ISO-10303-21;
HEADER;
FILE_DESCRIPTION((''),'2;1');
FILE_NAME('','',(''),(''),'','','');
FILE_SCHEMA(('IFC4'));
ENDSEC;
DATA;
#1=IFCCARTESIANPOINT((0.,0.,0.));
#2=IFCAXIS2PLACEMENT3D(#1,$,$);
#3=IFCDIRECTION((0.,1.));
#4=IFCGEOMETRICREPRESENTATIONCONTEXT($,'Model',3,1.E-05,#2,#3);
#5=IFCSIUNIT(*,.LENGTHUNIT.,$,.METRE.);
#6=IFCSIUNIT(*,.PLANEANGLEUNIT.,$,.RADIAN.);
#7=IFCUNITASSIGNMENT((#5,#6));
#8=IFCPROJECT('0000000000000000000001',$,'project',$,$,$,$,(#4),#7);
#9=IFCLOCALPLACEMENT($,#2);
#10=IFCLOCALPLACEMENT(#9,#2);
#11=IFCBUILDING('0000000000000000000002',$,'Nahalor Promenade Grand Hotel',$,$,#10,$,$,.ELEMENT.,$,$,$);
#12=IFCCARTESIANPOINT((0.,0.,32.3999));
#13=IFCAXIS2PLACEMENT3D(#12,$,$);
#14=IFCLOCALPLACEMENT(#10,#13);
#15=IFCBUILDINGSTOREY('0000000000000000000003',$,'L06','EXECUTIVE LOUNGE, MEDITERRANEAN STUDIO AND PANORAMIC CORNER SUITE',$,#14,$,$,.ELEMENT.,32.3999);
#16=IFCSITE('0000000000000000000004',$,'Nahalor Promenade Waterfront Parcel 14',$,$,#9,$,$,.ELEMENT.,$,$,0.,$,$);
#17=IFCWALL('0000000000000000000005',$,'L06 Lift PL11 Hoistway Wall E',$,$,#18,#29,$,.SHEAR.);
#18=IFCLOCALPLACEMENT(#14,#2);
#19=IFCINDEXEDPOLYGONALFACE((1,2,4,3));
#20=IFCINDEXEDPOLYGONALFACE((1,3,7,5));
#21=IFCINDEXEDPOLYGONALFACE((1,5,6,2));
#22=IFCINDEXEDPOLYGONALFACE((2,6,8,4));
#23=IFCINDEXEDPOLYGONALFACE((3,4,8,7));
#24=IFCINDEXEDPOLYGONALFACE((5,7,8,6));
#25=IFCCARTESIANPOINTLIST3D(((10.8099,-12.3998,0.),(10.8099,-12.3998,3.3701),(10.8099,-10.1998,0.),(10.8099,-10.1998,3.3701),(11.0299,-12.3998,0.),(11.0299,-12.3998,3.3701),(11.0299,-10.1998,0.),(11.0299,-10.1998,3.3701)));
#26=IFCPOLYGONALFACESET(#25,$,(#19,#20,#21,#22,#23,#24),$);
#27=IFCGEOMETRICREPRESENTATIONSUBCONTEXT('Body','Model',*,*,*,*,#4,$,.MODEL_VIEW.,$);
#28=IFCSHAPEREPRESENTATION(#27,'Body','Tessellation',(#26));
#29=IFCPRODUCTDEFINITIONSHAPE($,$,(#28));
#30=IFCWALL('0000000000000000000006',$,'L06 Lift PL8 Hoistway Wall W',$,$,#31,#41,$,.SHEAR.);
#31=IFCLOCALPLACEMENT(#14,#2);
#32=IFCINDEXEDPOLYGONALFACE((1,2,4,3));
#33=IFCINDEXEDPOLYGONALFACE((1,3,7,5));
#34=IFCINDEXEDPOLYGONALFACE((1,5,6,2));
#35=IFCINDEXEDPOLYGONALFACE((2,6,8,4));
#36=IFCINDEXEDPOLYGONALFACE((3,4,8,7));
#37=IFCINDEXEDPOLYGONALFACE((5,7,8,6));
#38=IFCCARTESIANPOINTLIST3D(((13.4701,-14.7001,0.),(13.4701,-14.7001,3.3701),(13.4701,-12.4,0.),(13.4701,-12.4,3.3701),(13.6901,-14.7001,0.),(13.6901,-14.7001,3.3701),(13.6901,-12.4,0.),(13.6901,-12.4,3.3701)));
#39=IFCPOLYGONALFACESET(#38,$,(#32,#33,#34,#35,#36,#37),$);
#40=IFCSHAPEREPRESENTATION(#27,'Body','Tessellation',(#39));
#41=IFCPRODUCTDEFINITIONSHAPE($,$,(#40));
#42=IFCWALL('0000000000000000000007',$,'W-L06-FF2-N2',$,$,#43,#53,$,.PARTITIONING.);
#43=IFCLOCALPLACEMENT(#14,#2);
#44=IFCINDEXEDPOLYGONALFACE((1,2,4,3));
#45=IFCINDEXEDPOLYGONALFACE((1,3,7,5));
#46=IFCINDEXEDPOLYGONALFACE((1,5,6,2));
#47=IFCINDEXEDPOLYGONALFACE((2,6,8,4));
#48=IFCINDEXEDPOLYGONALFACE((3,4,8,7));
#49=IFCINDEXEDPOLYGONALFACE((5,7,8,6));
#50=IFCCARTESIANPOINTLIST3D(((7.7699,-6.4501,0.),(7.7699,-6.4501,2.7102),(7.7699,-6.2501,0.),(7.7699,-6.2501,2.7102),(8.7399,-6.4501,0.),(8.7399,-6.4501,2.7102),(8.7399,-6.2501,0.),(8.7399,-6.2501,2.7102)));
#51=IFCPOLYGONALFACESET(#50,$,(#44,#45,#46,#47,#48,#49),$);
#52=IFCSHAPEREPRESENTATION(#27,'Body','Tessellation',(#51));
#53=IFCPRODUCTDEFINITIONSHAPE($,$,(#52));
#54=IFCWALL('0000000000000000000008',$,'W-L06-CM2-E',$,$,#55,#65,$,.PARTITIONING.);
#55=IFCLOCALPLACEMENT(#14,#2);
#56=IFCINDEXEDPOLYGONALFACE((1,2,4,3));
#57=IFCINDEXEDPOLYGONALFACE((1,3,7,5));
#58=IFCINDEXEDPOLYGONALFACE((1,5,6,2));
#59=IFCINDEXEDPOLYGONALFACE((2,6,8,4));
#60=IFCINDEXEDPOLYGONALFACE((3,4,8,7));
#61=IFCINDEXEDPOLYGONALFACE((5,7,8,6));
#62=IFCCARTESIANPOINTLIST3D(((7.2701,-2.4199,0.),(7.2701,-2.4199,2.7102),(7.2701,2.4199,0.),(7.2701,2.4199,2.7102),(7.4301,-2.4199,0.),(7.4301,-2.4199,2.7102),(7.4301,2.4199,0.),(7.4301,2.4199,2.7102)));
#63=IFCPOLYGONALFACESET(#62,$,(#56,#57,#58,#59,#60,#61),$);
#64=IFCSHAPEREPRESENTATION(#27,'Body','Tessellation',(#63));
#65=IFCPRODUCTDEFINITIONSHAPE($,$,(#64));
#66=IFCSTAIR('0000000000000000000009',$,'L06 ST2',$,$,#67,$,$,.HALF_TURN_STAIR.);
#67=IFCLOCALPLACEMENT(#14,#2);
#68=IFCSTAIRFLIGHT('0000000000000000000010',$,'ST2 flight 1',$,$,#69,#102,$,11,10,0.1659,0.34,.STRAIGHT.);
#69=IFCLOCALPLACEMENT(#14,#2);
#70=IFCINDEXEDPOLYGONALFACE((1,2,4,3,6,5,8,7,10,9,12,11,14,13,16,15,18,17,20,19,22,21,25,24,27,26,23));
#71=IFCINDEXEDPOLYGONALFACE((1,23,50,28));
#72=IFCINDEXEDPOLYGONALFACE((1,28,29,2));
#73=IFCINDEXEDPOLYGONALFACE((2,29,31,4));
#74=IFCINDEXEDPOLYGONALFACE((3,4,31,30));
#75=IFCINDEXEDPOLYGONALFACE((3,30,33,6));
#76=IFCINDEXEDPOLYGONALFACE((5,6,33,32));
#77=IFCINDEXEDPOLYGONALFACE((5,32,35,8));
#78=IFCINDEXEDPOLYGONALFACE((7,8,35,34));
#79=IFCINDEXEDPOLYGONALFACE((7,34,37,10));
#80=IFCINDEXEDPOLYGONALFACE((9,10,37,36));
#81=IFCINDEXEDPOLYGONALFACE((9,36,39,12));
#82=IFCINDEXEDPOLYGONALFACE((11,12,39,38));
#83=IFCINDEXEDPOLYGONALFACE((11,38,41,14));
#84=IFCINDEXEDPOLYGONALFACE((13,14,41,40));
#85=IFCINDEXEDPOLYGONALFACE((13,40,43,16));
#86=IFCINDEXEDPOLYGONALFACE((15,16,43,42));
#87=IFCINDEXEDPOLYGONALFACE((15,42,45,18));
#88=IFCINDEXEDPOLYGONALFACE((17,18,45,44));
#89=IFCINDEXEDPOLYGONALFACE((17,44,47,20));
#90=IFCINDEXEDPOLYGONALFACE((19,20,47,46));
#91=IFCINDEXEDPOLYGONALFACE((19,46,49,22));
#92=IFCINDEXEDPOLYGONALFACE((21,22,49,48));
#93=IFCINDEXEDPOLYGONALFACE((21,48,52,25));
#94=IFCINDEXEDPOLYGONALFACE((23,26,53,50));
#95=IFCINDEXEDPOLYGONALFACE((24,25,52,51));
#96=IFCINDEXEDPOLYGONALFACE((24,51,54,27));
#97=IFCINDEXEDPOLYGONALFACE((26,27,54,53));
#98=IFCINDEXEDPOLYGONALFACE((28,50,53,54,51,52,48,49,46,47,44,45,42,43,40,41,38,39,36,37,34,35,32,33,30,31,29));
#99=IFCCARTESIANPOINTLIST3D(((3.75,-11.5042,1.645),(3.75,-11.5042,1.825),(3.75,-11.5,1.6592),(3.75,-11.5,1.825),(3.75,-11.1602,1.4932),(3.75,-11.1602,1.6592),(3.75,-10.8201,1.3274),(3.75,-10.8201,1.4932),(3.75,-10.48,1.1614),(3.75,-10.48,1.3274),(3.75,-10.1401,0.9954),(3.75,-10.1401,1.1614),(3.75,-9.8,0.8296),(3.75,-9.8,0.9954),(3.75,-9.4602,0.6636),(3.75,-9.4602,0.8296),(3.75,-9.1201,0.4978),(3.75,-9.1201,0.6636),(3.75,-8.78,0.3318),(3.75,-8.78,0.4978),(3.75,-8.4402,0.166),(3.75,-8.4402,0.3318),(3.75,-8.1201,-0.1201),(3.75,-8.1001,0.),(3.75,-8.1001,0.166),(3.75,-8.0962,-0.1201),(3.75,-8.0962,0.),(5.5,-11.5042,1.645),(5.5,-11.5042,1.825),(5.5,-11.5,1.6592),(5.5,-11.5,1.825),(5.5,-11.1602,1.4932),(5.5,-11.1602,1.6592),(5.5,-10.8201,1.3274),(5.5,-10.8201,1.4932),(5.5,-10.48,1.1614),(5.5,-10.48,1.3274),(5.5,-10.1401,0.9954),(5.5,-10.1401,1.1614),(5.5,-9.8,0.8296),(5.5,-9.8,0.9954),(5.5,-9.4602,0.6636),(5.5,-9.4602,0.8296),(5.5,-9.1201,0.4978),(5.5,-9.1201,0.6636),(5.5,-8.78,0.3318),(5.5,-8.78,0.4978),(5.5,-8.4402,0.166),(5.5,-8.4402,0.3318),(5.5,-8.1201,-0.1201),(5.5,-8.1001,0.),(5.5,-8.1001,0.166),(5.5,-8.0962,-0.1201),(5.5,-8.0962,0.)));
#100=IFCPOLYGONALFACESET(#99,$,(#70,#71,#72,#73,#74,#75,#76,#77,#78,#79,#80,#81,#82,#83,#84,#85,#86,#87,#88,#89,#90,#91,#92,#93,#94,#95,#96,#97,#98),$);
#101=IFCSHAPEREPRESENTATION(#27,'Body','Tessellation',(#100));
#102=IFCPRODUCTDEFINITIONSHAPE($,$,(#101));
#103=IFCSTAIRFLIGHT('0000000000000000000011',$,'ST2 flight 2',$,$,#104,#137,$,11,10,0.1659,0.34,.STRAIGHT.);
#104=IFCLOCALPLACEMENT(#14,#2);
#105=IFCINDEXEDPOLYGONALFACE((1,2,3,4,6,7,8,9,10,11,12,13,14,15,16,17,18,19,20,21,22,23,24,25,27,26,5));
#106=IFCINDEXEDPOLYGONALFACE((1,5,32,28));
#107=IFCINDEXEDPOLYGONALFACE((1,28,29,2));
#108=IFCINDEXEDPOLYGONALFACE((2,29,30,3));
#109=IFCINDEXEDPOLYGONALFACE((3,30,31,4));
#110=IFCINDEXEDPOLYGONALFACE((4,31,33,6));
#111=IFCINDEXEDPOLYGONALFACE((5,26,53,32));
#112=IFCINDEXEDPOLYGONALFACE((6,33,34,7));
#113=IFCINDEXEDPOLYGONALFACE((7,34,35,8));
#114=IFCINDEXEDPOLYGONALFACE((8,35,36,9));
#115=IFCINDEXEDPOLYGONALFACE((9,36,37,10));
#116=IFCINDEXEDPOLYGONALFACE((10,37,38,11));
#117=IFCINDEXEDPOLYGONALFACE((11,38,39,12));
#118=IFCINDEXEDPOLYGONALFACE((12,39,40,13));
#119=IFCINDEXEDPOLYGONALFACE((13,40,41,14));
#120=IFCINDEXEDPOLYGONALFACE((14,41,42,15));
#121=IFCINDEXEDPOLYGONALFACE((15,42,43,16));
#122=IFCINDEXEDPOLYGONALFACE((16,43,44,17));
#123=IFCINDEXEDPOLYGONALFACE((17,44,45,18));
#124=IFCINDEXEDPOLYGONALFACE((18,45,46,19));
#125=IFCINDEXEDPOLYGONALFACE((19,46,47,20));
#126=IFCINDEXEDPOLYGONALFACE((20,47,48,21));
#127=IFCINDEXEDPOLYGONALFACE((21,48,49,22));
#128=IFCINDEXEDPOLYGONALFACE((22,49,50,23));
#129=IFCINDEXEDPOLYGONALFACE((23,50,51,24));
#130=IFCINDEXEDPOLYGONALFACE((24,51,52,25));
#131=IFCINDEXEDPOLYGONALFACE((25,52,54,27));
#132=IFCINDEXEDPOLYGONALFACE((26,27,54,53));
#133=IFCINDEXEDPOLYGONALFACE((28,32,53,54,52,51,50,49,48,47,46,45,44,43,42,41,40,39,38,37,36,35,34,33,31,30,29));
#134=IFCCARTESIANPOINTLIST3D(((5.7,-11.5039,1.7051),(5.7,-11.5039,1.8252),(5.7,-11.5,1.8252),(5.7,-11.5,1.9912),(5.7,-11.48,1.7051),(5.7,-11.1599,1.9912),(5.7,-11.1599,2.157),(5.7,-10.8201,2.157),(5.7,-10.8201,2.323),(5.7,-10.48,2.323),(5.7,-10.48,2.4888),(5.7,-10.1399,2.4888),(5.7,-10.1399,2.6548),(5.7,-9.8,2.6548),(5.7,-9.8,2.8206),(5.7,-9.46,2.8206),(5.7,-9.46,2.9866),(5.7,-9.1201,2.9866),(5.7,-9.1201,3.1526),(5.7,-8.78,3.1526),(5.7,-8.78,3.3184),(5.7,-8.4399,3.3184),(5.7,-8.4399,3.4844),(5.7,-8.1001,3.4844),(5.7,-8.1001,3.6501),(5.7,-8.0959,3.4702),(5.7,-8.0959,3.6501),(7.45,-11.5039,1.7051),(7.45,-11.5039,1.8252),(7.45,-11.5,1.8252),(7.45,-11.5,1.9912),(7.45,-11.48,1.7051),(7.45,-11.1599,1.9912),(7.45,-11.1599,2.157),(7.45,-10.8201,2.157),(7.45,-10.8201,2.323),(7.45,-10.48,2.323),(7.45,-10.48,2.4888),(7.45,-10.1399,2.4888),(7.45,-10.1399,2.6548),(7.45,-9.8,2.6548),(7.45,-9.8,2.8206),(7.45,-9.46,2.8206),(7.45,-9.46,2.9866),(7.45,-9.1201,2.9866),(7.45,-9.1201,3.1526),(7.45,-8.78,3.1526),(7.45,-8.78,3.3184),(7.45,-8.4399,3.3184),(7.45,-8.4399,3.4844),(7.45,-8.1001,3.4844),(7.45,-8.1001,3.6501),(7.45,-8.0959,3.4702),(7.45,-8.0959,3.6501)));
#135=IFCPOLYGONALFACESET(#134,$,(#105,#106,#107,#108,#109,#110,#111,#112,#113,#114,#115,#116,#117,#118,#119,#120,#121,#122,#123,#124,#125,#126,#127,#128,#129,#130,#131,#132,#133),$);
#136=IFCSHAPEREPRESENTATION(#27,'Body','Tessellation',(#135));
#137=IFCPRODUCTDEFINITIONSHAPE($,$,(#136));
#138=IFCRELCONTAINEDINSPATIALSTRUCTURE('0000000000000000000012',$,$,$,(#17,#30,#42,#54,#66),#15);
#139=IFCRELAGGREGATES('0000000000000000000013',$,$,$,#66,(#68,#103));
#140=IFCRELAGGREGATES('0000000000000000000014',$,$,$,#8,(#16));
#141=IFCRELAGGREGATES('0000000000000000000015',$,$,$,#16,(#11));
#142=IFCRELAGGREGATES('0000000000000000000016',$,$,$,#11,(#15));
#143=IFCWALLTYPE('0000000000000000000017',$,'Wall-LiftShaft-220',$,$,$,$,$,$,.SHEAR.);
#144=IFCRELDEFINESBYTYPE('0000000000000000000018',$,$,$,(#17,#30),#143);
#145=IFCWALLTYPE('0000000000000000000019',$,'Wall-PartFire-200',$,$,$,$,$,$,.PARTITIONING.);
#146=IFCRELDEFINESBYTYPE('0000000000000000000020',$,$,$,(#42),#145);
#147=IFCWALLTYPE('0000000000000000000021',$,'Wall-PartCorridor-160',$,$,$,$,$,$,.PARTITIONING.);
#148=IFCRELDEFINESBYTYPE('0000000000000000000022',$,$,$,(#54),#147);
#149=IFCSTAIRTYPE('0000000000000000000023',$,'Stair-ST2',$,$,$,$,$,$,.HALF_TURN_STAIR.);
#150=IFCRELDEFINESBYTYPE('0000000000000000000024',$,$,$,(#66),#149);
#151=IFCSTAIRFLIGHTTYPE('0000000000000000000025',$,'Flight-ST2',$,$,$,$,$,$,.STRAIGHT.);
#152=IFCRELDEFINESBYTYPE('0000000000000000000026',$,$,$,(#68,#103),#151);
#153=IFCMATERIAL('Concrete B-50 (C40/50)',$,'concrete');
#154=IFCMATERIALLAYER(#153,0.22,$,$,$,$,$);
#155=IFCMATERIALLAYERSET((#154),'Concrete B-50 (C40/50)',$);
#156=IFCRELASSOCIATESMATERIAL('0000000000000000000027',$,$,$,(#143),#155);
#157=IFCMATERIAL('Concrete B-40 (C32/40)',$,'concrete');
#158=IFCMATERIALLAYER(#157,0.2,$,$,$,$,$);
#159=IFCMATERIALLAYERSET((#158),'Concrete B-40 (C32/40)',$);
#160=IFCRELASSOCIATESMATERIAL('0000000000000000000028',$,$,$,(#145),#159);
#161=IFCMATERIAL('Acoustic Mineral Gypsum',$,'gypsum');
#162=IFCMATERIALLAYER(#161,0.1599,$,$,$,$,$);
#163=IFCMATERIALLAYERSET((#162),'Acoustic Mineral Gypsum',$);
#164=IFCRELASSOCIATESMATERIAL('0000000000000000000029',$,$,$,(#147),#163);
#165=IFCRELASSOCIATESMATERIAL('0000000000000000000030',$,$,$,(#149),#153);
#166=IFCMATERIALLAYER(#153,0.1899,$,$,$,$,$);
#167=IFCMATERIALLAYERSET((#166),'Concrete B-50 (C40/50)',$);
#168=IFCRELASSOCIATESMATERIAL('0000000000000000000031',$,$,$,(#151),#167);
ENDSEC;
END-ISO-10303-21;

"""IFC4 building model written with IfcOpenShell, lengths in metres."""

from ifc_helpers import new_model, si_unit, direction, frame, frame_2d, origin, place, context, subcontext, project, spatial, polyline, rectangle, outline, extrude, source, transform, mapped, material, layer, layer_set, type_object, element, aggregate, save


model = new_model("IFC4")

# Units and contexts
model_context = context("Model", 3, precision=1e-05, world=origin(), true_north=direction((0.0, 1.0)))
body_context = subcontext(model_context, "Body", "Model", "MODEL_VIEW")
ifc_project = project(units=[si_unit("LENGTHUNIT", "METRE"), si_unit("PLANEANGLEUNIT", "RADIAN")], contexts=[model_context])

# Site, building, storey
site_placement = place(None, origin())
site = spatial("IfcSite", under=ifc_project, at=site_placement, Name="Nahalor Promenade Waterfront Parcel 14", CompositionType="ELEMENT", RefElevation=0.0)
building_placement = place(site_placement, origin())
building = spatial("IfcBuilding", under=site, at=building_placement, Name="Nahalor Promenade Grand Hotel", CompositionType="ELEMENT")
storey_placement = place(building_placement, frame((0.0, 0.0, 32.3999)))
storey = spatial("IfcBuildingStorey", under=building, at=storey_placement, Name="L06", Description="EXECUTIVE LOUNGE, MEDITERRANEAN STUDIO AND PANORAMIC CORNER SUITE", CompositionType="ELEMENT", Elevation=32.3999)

# Walls
ifc_material_1 = material(Name="Concrete B-50 (C40/50)", Category="concrete")
ifc_layer_1 = layer(ifc_material_1, 0.22)
ifc_layer_set_1 = layer_set([ifc_layer_1], Name="Concrete B-50 (C40/50)")
wall_type_1 = type_object("IfcWallType", Name="Wall-LiftShaft-220", PredefinedType="SHEAR", material=ifc_layer_set_1)
shared_shape_1 = source(origin(), body_context, "Body", "SweptSolid", [
    extrude(rectangle(XDim=2.2, YDim=0.22, at=frame_2d((1.1001, 0.0))), origin(), (0.0, 0.0, 1.0), 3.3701),
])
for number, where, z_axis, x_axis, name in (
    (1, (10.9199, -12.3999, 0.0), (0.0, 0.0, 1.0), (0.0, 1.0, 0.0), "L06 Lift PL11 Hoistway Wall E"),
):
    element("IfcWall", number, at=place(storey_placement, frame(where, z_axis=z_axis, x_axis=x_axis)), inside=storey, type_object=wall_type_1, Name=name, PredefinedType="SHEAR", context=body_context, shape_type="MappedRepresentation", body=[
        mapped(shared_shape_1, transform((0.0, 0.0, 0.0), scale=1.0)),
    ])
shared_shape_2 = source(origin(), body_context, "Body", "SweptSolid", [
    extrude(rectangle(XDim=2.3, YDim=0.22, at=frame_2d((1.1499, 0.0))), origin(), (0.0, 0.0, 1.0), 3.3701),
])
wall_1_placement = place(storey_placement, frame((13.5801, -14.7, 0.0), z_axis=(0.0, 0.0, 1.0), x_axis=(0.0, 1.0, 0.0)))
element("IfcWall", 2, at=wall_1_placement, inside=storey, type_object=wall_type_1, Name="L06 Lift PL8 Hoistway Wall W", PredefinedType="SHEAR", context=body_context, shape_type="MappedRepresentation", body=[
    mapped(shared_shape_2, transform((0.0, 0.0, 0.0), scale=1.0)),
])

# Shared definitions
ifc_material_2 = material(Name="Concrete B-40 (C32/40)", Category="concrete")
ifc_layer_2 = layer(ifc_material_2, 0.2)
ifc_layer_set_2 = layer_set([ifc_layer_2], Name="Concrete B-40 (C32/40)")
wall_type_2 = type_object("IfcWallType", Name="Wall-PartFire-200", PredefinedType="PARTITIONING", material=ifc_layer_set_2)

# Walls
shared_shape_3 = source(origin(), body_context, "Body", "SweptSolid", [
    extrude(rectangle(XDim=0.97, YDim=0.2, at=frame_2d((0.4849, 0.0))), origin(), (0.0, 0.0, 1.0), 2.7102),
])
wall_2_placement = place(storey_placement, frame((7.77, -6.3501, 0.0), z_axis=(0.0, 0.0, 1.0), x_axis=(1.0, 0.0, 0.0)))
element("IfcWall", 3, at=wall_2_placement, inside=storey, type_object=wall_type_2, Name="W-L06-FF2-N2", PredefinedType="PARTITIONING", context=body_context, shape_type="MappedRepresentation", body=[
    mapped(shared_shape_3, transform((0.0, 0.0, 0.0), scale=1.0)),
])
ifc_material_3 = material(Name="Acoustic Mineral Gypsum", Category="gypsum")
ifc_layer_3 = layer(ifc_material_3, 0.1599)
ifc_layer_set_3 = layer_set([ifc_layer_3], Name="Acoustic Mineral Gypsum")
wall_type_3 = type_object("IfcWallType", Name="Wall-PartCorridor-160", PredefinedType="PARTITIONING", material=ifc_layer_set_3)
shared_shape_4 = source(origin(), body_context, "Body", "SweptSolid", [
    extrude(rectangle(XDim=4.8398, YDim=0.1599, at=frame_2d((2.4199, 0.0))), origin(), (0.0, 0.0, 1.0), 2.7102),
])
wall_3_placement = place(storey_placement, frame((7.3501, -2.4199, 0.0), z_axis=(0.0, 0.0, 1.0), x_axis=(0.0, 1.0, 0.0)))
element("IfcWall", 4, at=wall_3_placement, inside=storey, type_object=wall_type_3, Name="W-L06-CM2-E", PredefinedType="PARTITIONING", context=body_context, shape_type="MappedRepresentation", body=[
    mapped(shared_shape_4, transform((0.0, 0.0, 0.0), scale=1.0)),
])

# Stair, stair flights
stair_type = type_object("IfcStairType", Name="Stair-ST2", PredefinedType="HALF_TURN_STAIR", material=ifc_material_1)
stair_placement = place(storey_placement, origin())
stair = element("IfcStair", 5, at=stair_placement, inside=storey, type_object=stair_type, Name="L06 ST2", PredefinedType="HALF_TURN_STAIR")
ifc_layer_4 = layer(ifc_material_1, 0.1899)
ifc_layer_set_4 = layer_set([ifc_layer_4], Name="Concrete B-50 (C40/50)")
stair_flight_type = type_object("IfcStairFlightType", Name="Flight-ST2", PredefinedType="STRAIGHT", material=ifc_layer_set_4)
shared_shape_5 = source(origin(), body_context, "Body", "SweptSolid", [
    extrude(outline(polyline([(-0.0039, -0.1201), (-0.0039, 0.0), (0.0, 0.0), (0.0, 0.166), (0.3401, 0.166), (0.3401, 0.3318), (0.6799, 0.3318), (0.6799, 0.4978), (1.02, 0.4978), (1.02, 0.6636), (1.3601, 0.6636), (1.3601, 0.8296), (1.7, 0.8296), (1.7, 0.9954), (2.04, 0.9954), (2.04, 1.1614), (2.3799, 1.1614), (2.3799, 1.3274), (2.72, 1.3274), (2.72, 1.4932), (3.0601, 1.4932), (3.0601, 1.6592), (3.3999, 1.6592), (3.3999, 1.825), (3.4041, 1.825), (3.4041, 1.645), (0.02, -0.1201), (-0.0039, -0.1201)])), frame((0.0, 0.875, 0.0), z_axis=(0.0, -1.0, 0.0), x_axis=(1.0, 0.0, 0.0)), (0.0, 0.0, 1.0), 1.75),
])
stair_flight_1_placement = place(storey_placement, frame((4.625, -8.1001, 0.0), z_axis=(0.0, 0.0, 1.0), x_axis=(0.0, -1.0, 0.0)))
stair_flight_1 = element("IfcStairFlight", 6, at=stair_flight_1_placement, type_object=stair_flight_type, Name="ST2 flight 1", NumberOfRisers=11, NumberOfTreads=10, PredefinedType="STRAIGHT", RiserHeight=0.1659, TreadLength=0.34, context=body_context, shape_type="MappedRepresentation", body=[
    mapped(shared_shape_5, transform((0.0, 0.0, 0.0), scale=1.0)),
])
stair_flight_2_placement = place(storey_placement, frame((6.575, -11.5, 1.8252), z_axis=(0.0, 0.0, 1.0), x_axis=(0.0, 1.0, 0.0)))
stair_flight_2 = element("IfcStairFlight", 7, at=stair_flight_2_placement, type_object=stair_flight_type, Name="ST2 flight 2", NumberOfRisers=11, NumberOfTreads=10, PredefinedType="STRAIGHT", RiserHeight=0.1659, TreadLength=0.34, context=body_context, shape_type="MappedRepresentation", body=[
    mapped(shared_shape_5, transform((0.0, 0.0, 0.0), scale=1.0)),
])
aggregate(stair, [stair_flight_1, stair_flight_2])

save(model, "model.ifc")
